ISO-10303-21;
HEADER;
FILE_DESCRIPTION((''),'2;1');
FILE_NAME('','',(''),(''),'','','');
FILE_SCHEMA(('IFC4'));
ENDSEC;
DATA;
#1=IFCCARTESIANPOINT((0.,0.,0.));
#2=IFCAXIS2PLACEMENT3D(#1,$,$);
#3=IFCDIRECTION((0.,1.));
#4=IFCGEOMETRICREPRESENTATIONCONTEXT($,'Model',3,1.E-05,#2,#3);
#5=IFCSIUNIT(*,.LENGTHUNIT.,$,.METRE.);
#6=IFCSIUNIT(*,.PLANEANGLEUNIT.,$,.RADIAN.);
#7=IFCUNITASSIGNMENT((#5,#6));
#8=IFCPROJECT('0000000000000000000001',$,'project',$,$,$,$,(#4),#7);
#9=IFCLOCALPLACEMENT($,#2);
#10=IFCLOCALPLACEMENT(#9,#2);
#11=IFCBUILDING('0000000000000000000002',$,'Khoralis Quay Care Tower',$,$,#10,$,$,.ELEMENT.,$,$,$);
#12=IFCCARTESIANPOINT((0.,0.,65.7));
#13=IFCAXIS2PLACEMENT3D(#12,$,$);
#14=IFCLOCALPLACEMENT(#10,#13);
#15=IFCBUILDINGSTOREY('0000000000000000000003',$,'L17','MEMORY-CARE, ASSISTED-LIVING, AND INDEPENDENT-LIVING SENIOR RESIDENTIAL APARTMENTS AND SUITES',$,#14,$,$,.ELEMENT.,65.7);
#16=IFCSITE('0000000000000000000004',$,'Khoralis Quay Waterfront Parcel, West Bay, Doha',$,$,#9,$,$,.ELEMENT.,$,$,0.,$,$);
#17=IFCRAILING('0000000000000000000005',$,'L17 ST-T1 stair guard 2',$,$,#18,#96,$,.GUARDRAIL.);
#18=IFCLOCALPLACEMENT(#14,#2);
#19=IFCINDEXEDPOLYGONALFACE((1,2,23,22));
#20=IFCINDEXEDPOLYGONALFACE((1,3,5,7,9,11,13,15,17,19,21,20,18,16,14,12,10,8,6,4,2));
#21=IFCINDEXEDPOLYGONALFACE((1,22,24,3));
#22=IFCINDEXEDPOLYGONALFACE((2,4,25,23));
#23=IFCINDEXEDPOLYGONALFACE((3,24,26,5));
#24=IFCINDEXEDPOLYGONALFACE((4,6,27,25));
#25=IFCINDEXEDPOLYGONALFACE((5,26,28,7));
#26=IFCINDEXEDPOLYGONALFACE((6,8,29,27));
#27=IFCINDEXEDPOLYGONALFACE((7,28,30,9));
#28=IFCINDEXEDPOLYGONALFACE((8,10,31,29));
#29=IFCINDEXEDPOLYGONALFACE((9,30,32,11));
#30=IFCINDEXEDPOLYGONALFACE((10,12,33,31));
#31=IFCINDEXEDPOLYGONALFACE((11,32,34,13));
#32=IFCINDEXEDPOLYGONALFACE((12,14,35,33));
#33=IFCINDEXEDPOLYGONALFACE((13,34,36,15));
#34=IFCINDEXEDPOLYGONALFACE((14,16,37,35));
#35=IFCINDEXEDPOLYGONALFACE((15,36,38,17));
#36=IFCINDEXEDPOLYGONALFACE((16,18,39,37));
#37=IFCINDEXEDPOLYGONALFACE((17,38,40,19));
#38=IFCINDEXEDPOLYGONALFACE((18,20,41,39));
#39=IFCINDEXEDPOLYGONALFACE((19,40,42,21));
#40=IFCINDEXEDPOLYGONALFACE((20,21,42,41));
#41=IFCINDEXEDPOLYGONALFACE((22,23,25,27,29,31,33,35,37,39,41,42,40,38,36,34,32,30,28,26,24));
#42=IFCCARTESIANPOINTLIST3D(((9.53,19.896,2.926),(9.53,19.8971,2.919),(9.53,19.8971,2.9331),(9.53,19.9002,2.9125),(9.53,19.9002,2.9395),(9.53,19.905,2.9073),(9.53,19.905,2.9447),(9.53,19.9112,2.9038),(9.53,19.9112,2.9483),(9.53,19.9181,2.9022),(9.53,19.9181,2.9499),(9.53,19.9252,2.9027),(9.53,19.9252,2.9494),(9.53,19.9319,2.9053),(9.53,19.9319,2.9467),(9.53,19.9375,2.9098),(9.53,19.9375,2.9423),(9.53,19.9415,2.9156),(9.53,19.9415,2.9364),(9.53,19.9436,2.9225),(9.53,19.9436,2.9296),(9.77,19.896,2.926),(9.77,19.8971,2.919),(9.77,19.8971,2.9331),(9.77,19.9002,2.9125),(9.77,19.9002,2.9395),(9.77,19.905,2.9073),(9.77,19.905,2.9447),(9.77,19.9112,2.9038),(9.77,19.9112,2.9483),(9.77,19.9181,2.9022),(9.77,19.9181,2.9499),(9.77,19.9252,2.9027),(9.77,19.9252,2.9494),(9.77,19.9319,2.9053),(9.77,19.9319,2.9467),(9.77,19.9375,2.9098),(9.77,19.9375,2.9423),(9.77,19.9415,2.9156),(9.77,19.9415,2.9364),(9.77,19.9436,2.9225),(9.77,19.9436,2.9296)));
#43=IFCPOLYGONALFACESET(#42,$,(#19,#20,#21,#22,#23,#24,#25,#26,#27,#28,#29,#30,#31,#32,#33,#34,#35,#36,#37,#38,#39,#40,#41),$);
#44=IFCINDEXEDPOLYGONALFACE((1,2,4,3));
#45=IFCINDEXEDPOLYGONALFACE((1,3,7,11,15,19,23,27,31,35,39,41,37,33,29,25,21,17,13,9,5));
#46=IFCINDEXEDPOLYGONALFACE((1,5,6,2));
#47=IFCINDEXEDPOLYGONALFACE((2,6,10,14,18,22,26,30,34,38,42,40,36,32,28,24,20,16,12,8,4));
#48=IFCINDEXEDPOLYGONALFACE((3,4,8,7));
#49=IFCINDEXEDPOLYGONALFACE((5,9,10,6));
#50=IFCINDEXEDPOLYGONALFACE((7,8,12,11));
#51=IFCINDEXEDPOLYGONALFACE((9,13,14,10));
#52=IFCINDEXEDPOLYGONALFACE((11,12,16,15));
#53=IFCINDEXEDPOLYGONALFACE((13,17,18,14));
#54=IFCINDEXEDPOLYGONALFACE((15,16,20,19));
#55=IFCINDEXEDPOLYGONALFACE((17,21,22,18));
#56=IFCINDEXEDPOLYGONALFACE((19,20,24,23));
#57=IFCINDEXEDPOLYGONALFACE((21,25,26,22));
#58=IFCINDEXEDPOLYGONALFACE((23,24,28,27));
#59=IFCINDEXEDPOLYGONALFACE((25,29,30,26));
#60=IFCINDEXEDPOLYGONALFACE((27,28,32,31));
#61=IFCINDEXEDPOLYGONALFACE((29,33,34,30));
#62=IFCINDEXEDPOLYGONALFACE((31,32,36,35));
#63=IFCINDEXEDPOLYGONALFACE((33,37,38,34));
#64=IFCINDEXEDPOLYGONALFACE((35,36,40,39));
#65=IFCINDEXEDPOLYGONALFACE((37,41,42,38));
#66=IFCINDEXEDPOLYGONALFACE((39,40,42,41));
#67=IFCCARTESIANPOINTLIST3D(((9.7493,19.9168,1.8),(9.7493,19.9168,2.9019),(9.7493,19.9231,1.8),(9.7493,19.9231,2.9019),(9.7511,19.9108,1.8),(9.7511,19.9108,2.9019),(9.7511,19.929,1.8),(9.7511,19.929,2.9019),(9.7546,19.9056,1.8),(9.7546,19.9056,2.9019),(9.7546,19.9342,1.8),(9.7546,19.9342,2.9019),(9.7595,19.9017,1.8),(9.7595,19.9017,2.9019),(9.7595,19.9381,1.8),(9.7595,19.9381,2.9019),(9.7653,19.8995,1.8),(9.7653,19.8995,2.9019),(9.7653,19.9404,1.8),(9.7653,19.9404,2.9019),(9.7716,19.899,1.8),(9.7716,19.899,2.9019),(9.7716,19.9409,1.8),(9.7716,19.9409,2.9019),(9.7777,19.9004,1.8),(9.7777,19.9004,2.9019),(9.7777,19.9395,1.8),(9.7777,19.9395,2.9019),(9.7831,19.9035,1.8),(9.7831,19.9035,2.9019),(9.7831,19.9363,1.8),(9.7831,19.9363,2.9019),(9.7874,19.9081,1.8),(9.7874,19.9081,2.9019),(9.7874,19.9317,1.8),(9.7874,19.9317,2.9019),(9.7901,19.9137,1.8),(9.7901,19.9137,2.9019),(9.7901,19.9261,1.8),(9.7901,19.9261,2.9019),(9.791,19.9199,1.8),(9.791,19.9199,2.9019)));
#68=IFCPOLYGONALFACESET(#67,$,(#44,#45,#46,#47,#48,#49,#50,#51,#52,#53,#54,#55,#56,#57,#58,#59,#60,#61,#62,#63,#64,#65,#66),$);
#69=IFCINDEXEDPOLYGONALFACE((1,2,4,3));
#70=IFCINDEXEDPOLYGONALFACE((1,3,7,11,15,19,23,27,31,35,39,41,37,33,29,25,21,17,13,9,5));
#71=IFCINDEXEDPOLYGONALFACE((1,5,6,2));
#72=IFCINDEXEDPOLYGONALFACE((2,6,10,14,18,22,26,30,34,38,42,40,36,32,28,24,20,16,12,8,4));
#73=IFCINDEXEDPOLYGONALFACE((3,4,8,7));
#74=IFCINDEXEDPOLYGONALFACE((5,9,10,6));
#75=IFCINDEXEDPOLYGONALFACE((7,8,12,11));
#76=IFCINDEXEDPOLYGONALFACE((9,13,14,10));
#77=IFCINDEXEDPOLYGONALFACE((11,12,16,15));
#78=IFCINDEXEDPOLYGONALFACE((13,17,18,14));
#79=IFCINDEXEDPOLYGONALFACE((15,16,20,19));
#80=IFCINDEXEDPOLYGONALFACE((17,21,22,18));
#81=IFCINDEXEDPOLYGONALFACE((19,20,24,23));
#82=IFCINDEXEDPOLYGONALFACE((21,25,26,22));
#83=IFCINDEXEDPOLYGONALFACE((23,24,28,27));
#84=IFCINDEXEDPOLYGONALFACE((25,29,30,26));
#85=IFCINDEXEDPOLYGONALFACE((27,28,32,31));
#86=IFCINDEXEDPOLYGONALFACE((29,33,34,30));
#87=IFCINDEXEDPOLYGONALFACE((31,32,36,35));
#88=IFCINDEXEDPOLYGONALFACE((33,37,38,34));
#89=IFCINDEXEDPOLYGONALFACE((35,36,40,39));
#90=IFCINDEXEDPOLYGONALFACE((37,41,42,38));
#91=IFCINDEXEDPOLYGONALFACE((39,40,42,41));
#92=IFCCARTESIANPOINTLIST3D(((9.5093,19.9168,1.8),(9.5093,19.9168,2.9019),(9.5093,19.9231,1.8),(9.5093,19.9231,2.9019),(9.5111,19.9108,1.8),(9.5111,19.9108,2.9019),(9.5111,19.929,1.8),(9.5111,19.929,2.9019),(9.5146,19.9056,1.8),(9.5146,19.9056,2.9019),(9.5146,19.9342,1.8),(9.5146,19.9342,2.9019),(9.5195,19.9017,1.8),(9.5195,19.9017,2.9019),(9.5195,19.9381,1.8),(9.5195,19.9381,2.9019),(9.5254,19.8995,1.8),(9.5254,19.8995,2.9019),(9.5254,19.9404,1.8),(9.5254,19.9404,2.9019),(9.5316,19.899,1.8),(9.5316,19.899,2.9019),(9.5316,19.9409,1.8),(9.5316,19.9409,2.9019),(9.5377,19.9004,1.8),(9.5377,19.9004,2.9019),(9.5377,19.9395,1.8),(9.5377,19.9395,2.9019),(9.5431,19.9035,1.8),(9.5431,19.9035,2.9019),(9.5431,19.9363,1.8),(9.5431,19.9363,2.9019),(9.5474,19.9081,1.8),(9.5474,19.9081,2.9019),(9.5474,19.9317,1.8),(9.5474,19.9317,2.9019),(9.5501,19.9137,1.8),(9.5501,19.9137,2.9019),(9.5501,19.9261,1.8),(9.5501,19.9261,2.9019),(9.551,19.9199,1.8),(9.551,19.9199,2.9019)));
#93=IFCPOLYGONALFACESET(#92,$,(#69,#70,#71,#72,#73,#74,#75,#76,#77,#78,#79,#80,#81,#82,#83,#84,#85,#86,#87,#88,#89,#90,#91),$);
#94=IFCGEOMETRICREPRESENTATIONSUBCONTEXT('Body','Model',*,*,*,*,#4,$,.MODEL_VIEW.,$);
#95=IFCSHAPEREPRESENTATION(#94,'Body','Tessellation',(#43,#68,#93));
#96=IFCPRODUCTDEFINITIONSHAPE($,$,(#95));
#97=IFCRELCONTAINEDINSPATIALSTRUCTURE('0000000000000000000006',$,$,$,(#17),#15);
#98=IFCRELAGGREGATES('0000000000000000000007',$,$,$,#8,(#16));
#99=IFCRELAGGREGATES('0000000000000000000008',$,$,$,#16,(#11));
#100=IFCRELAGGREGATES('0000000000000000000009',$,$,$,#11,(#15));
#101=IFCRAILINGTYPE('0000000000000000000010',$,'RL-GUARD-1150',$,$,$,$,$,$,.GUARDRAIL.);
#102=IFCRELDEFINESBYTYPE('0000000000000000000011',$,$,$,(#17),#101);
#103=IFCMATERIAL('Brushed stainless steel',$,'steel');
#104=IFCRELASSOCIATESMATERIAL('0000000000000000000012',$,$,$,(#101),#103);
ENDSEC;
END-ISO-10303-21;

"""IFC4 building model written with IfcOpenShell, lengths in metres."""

from ifc_helpers import new_model, si_unit, direction, frame, origin, origin_2d, place, context, subcontext, project, spatial, circle, extrude, material, type_object, element, save


model = new_model("IFC4")

# Units and contexts
model_context = context("Model", 3, precision=1e-05, world=origin(), true_north=direction((0.0, 1.0)))
body_context = subcontext(model_context, "Body", "Model", "MODEL_VIEW")
ifc_project = project(units=[si_unit("LENGTHUNIT", "METRE"), si_unit("PLANEANGLEUNIT", "RADIAN")], contexts=[model_context])

# Site, building, storey
site_placement = place(None, origin())
site = spatial("IfcSite", under=ifc_project, at=site_placement, Name="Khoralis Quay Waterfront Parcel, West Bay, Doha", CompositionType="ELEMENT", RefElevation=0.0)
building_placement = place(site_placement, origin())
building = spatial("IfcBuilding", under=site, at=building_placement, Name="Khoralis Quay Care Tower", CompositionType="ELEMENT")
storey_placement = place(building_placement, frame((0.0, 0.0, 65.7)))
storey = spatial("IfcBuildingStorey", under=building, at=storey_placement, Name="L17", Description="MEMORY-CARE, ASSISTED-LIVING, AND INDEPENDENT-LIVING SENIOR RESIDENTIAL APARTMENTS AND SUITES", CompositionType="ELEMENT", Elevation=65.7)

# Shared definitions
ifc_material_1 = material(Name="Brushed stainless steel", Category="steel")

# Railing
railing_type_1 = type_object("IfcRailingType", Name="RL-GUARD-1150", PredefinedType="GUARDRAIL", material=ifc_material_1)
railing_1_placement = place(storey_placement, frame((9.77, 19.9199, 1.8)))
element("IfcRailing", 1, at=railing_1_placement, inside=storey, type_object=railing_type_1, Name="L17 ST-T1 stair guard 2", PredefinedType="GUARDRAIL", context=body_context, shape_type="SweptSolid", body=[
    extrude(circle(Radius=0.0239, at=origin_2d()), frame((0.0, 0.0, 1.126), z_axis=(-1.0, 0.0, 0.0), x_axis=(0.0, -1.0, 0.0)), (0.0, 0.0, 1.0), 0.24),
    extrude(circle(Radius=0.021, at=origin_2d()), origin(), (0.0, 0.0, 1.0), 1.1018),
    extrude(circle(Radius=0.021, at=origin_2d()), frame((-0.24, 0.0, 0.0)), (0.0, 0.0, 1.0), 1.1018),
])

save(model, "model.ifc")
